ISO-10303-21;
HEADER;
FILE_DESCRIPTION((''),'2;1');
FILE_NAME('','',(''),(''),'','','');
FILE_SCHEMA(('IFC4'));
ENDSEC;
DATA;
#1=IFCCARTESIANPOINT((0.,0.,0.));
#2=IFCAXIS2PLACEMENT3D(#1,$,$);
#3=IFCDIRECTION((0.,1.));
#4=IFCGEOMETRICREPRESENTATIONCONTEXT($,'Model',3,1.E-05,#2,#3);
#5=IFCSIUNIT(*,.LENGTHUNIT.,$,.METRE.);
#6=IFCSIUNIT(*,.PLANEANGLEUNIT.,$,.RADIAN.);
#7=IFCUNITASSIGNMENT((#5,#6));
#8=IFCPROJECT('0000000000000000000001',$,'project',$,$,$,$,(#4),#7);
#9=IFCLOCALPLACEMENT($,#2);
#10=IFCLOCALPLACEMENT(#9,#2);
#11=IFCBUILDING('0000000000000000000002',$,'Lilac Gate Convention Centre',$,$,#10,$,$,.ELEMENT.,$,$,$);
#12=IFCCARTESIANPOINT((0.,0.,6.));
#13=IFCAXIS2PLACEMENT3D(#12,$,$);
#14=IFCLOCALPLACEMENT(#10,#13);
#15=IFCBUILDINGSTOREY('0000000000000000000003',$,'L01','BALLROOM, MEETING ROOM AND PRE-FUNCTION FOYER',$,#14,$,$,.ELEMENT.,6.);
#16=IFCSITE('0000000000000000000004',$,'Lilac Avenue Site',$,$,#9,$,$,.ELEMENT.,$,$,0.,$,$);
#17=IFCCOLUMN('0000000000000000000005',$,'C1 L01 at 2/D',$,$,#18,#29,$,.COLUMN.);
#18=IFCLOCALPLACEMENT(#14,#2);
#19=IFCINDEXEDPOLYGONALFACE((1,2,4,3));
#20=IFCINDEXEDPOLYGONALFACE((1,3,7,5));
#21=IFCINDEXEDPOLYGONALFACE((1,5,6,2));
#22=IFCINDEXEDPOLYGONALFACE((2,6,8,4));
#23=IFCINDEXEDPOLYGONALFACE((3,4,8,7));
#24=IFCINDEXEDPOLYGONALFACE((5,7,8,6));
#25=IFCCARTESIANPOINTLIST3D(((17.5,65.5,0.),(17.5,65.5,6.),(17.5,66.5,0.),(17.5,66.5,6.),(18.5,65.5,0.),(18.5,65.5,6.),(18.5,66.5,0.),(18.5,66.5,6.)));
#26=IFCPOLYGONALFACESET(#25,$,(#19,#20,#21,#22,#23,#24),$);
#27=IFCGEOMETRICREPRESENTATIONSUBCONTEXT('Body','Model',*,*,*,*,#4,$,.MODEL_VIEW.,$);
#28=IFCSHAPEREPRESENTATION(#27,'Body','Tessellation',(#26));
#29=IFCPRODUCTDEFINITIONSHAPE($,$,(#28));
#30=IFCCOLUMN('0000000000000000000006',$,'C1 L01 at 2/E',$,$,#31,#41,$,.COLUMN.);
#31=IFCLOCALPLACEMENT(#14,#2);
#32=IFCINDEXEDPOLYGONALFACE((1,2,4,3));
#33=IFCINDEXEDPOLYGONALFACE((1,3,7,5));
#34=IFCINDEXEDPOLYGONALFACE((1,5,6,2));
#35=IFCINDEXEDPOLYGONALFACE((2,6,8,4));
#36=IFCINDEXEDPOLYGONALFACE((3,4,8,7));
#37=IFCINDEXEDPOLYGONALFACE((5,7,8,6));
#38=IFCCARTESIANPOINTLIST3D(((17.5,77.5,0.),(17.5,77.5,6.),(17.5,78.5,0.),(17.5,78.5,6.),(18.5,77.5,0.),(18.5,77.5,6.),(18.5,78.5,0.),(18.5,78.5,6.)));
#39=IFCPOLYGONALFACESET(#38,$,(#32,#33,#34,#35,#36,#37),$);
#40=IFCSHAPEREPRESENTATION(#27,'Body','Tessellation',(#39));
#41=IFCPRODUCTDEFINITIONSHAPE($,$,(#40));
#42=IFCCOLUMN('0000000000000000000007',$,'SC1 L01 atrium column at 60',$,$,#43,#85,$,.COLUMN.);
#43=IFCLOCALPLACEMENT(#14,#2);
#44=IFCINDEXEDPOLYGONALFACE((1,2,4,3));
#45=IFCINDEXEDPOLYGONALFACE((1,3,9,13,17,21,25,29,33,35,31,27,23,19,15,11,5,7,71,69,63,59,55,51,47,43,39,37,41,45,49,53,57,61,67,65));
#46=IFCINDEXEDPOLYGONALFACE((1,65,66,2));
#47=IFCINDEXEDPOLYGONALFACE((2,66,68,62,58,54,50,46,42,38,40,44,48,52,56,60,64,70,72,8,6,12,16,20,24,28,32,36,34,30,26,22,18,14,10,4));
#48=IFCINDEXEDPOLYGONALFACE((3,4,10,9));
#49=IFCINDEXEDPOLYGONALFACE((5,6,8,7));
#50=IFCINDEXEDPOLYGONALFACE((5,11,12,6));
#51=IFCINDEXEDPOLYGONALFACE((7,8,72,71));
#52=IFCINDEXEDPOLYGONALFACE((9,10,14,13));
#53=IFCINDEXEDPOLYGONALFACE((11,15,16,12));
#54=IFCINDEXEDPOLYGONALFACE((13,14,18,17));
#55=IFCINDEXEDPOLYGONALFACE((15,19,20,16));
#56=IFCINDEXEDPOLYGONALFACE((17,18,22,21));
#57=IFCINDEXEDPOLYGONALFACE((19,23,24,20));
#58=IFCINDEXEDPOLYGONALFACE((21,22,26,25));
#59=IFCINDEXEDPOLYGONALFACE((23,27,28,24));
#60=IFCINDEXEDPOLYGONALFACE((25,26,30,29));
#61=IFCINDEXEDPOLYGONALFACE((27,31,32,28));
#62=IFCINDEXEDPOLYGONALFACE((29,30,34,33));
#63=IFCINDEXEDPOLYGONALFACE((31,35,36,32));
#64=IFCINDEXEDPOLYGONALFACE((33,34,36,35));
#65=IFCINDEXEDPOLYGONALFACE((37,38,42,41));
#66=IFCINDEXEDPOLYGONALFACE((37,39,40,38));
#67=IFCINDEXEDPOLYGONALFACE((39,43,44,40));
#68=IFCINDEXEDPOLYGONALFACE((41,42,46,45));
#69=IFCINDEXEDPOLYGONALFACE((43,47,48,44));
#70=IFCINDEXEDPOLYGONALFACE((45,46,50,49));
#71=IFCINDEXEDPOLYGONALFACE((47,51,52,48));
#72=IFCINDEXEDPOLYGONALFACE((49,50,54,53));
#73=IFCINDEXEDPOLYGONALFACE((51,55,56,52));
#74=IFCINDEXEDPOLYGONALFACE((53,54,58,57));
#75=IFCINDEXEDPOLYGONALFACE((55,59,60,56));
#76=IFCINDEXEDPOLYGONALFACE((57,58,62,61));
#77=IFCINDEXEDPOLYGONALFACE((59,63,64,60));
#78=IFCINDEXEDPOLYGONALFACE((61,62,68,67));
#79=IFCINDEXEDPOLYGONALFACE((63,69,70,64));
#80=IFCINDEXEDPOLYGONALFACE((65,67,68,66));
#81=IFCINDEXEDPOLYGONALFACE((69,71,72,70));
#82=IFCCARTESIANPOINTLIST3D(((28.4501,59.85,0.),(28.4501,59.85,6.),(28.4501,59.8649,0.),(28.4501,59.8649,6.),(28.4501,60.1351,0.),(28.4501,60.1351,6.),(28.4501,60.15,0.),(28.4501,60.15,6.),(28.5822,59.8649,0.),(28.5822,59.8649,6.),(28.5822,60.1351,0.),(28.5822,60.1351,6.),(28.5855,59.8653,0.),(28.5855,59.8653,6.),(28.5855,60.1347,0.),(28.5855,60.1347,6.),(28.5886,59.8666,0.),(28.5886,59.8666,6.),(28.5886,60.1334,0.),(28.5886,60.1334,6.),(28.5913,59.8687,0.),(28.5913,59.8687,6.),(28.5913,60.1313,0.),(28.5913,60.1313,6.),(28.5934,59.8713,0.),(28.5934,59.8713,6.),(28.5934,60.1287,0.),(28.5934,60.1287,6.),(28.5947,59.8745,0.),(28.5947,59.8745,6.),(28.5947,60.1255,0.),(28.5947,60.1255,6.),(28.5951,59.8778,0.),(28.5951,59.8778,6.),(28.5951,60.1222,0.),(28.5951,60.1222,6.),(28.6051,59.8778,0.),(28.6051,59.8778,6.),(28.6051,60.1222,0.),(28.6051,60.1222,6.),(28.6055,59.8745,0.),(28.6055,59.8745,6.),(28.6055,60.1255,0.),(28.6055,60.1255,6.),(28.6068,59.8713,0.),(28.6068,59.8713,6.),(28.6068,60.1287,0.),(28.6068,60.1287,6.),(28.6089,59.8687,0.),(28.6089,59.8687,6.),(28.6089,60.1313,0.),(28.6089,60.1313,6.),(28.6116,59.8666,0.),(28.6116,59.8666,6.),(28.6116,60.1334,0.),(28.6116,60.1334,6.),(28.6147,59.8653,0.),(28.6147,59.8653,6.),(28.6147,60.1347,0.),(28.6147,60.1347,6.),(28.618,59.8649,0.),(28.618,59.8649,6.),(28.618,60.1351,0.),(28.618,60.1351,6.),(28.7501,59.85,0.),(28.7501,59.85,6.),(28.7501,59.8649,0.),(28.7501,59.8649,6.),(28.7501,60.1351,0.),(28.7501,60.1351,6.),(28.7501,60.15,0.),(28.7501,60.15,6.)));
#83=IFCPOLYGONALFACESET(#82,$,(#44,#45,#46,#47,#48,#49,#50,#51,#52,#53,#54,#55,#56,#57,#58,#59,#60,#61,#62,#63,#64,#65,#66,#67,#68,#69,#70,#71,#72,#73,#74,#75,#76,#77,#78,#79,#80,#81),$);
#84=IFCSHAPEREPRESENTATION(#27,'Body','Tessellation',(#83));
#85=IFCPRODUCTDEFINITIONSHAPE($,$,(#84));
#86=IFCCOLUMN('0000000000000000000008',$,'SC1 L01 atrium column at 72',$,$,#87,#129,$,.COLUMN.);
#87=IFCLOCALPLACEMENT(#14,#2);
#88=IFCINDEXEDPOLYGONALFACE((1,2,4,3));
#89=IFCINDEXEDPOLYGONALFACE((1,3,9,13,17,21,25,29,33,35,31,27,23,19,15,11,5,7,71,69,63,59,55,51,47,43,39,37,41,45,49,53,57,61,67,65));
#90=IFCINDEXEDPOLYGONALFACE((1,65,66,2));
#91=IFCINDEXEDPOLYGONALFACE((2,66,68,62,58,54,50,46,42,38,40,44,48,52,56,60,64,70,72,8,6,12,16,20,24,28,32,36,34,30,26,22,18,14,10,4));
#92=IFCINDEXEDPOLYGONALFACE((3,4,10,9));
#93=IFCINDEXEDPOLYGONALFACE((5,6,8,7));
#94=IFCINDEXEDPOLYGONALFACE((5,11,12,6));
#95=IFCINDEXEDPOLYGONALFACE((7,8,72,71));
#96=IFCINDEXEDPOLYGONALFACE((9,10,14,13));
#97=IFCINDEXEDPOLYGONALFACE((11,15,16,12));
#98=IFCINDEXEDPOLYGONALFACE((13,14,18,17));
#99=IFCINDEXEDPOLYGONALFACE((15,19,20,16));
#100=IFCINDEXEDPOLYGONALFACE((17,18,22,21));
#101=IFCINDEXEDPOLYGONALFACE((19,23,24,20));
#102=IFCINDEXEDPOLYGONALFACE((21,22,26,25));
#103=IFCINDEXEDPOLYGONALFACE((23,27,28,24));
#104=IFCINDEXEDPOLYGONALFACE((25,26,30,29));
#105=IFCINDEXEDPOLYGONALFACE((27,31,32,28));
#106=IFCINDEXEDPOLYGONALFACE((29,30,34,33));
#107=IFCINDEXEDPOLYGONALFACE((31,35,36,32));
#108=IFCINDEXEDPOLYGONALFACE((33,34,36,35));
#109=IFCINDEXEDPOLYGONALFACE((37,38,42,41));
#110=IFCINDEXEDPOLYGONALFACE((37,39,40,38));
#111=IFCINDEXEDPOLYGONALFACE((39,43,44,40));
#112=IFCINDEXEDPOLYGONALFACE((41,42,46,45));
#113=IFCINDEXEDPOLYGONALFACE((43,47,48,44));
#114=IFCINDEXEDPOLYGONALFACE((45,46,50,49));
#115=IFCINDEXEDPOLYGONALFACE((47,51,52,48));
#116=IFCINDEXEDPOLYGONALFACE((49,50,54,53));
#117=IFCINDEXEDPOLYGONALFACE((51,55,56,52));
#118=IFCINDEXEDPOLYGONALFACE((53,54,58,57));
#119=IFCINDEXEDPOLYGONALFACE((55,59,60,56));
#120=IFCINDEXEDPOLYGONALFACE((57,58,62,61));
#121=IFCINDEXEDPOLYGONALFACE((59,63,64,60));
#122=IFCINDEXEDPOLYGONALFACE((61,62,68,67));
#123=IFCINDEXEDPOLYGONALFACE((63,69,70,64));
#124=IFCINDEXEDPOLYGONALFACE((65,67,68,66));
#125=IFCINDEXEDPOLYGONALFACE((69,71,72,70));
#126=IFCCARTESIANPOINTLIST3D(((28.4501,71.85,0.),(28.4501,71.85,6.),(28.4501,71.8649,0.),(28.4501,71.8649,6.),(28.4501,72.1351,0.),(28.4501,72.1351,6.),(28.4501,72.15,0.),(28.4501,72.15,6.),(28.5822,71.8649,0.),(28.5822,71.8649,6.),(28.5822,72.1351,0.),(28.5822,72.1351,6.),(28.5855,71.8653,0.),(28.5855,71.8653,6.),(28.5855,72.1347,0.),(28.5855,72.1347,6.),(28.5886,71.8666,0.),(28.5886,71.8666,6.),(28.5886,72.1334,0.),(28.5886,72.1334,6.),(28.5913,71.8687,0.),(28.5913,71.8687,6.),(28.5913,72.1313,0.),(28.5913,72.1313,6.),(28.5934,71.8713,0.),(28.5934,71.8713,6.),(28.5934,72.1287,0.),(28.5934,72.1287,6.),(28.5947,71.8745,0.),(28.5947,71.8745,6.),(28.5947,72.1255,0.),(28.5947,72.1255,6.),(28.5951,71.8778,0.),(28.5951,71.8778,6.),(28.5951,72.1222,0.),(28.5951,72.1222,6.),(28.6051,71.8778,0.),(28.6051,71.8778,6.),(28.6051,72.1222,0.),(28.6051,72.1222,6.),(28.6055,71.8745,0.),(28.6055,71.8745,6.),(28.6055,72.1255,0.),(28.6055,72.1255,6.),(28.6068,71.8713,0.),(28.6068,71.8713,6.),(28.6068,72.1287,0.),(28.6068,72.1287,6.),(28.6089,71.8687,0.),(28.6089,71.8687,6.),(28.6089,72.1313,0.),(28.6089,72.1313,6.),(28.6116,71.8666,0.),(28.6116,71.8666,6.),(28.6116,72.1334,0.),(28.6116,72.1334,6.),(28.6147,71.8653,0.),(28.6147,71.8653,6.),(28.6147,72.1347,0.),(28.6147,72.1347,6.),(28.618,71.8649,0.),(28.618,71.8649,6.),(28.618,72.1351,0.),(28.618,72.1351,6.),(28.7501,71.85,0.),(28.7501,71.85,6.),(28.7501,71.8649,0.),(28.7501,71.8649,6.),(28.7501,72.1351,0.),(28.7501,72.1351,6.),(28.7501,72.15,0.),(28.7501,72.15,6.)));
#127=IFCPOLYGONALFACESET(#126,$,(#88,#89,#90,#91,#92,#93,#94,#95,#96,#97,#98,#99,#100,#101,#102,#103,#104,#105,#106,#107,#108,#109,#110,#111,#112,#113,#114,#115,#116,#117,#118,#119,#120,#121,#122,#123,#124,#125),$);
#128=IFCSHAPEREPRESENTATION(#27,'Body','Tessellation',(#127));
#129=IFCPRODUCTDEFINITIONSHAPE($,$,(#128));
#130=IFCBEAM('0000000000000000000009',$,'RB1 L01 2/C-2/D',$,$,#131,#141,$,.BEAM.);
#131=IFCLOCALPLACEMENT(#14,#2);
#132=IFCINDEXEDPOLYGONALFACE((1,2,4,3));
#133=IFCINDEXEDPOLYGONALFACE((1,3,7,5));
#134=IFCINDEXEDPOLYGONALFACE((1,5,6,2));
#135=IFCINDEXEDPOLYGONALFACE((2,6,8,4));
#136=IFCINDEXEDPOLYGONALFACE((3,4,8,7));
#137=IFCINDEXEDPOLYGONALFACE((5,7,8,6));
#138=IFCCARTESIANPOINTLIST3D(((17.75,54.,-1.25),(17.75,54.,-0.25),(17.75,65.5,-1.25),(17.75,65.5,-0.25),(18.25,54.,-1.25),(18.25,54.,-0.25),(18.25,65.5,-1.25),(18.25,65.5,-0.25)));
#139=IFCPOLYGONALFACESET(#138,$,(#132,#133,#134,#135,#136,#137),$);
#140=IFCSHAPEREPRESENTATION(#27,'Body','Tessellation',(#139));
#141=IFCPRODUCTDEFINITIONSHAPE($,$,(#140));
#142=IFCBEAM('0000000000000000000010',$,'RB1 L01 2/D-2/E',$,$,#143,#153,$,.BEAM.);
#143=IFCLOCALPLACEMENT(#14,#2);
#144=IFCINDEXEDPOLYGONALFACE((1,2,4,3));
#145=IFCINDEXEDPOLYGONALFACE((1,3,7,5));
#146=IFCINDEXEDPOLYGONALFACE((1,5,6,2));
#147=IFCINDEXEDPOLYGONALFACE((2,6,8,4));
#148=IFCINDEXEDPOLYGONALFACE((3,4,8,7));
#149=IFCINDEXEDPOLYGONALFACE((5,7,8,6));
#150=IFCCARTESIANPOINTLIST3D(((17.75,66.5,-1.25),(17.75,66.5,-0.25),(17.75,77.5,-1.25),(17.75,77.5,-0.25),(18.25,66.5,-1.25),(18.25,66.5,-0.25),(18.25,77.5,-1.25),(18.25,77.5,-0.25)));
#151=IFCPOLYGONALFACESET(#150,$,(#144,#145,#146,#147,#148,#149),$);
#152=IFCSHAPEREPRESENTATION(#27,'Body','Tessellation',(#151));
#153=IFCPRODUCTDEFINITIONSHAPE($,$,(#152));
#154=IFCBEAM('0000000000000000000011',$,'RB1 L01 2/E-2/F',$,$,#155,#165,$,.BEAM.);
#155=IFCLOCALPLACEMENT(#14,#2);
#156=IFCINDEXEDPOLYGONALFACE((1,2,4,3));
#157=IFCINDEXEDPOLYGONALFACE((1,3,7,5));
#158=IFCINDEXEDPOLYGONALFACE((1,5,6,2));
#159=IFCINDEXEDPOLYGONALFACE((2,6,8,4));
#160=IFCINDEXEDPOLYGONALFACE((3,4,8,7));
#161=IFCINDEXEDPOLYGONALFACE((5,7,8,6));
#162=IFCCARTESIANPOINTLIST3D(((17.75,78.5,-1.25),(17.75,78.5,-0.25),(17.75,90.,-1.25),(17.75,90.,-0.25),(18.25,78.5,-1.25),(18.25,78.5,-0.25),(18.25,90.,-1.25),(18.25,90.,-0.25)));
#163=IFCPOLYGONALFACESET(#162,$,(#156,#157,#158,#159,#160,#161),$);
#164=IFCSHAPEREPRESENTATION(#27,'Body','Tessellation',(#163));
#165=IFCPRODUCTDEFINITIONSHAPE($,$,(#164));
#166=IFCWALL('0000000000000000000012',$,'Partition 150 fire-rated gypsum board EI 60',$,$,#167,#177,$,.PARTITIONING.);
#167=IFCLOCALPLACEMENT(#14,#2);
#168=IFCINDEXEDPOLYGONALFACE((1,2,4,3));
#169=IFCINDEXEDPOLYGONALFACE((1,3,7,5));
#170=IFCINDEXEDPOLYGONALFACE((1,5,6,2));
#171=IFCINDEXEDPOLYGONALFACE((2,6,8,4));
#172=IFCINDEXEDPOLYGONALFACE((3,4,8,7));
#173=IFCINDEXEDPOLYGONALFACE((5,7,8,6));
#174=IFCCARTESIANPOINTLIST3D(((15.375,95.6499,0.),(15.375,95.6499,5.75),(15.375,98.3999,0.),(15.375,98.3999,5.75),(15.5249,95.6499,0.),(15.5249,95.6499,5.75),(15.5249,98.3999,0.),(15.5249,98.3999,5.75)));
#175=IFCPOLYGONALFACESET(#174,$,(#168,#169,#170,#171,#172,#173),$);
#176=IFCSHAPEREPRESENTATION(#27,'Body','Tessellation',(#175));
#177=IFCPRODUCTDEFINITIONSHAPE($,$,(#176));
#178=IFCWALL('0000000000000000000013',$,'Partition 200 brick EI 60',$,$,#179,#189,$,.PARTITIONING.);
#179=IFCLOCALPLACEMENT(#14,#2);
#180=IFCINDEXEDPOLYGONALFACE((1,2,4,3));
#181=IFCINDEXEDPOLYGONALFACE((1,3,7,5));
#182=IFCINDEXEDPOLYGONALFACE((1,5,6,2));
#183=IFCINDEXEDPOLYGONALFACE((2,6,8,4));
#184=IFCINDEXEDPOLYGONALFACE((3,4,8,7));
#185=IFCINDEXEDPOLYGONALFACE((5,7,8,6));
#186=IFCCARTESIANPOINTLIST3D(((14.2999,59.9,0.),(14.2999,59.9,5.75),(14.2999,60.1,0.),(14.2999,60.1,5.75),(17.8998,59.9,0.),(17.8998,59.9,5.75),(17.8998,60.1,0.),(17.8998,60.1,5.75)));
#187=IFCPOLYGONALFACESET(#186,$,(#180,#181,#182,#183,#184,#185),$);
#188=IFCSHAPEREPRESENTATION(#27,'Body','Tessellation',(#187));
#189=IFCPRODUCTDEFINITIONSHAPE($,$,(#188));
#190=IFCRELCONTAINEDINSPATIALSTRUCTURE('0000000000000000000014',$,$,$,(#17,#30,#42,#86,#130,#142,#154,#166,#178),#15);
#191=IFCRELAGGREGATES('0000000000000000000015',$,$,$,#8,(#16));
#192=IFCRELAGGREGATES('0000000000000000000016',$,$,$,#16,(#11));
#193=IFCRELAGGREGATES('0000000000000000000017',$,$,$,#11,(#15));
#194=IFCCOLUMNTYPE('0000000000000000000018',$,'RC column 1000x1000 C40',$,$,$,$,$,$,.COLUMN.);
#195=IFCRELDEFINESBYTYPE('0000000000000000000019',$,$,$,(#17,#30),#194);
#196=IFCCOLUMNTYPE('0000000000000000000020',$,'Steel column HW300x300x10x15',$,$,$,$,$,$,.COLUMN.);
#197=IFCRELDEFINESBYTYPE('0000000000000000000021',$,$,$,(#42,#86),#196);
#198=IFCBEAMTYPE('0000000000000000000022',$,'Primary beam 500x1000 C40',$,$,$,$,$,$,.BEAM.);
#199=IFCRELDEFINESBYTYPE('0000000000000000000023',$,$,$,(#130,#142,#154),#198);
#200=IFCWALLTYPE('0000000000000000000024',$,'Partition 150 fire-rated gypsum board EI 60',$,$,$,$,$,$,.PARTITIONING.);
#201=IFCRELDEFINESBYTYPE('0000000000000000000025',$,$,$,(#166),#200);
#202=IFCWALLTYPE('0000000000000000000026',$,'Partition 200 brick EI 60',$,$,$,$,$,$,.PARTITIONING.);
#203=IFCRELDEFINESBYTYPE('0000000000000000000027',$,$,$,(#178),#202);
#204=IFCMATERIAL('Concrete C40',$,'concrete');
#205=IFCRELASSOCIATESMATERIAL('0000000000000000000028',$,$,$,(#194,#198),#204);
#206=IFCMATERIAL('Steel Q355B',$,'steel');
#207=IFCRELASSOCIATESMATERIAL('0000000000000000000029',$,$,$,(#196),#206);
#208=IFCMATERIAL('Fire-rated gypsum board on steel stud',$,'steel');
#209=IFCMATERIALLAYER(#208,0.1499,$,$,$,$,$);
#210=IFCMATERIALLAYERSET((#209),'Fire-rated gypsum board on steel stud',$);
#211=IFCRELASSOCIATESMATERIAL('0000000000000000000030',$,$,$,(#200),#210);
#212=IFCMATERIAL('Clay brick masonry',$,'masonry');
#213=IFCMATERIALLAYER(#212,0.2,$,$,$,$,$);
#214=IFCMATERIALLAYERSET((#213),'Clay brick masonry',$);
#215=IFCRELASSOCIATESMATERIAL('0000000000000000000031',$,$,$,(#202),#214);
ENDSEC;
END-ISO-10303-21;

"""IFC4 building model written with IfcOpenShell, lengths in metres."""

from ifc_helpers import new_model, si_unit, direction, frame, frame_2d, origin, origin_2d, place, context, subcontext, project, spatial, rectangle, i_section, extrude, material, layer, layer_set, material_profile, profile_set, type_object, element, save


model = new_model("IFC4")

# Units and contexts
model_context = context("Model", 3, precision=1e-05, world=origin(), true_north=direction((0.0, 1.0)))
body_context = subcontext(model_context, "Body", "Model", "MODEL_VIEW")
ifc_project = project(units=[si_unit("LENGTHUNIT", "METRE"), si_unit("PLANEANGLEUNIT", "RADIAN")], contexts=[model_context])

# Site, building, storey
site_placement = place(None, origin())
site = spatial("IfcSite", under=ifc_project, at=site_placement, Name="Lilac Avenue Site", CompositionType="ELEMENT", RefElevation=0.0)
building_placement = place(site_placement, origin())
building = spatial("IfcBuilding", under=site, at=building_placement, Name="Lilac Gate Convention Centre", CompositionType="ELEMENT")
storey_placement = place(building_placement, frame((0.0, 0.0, 6.0)))
storey = spatial("IfcBuildingStorey", under=building, at=storey_placement, Name="L01", Description="BALLROOM, MEETING ROOM AND PRE-FUNCTION FOYER", CompositionType="ELEMENT", Elevation=6.0)

# Columns
ifc_material_1 = material(Name="Concrete C40", Category="concrete")
ifc_material_profile_1 = material_profile(ifc_material_1, rectangle(XDim=1.0, YDim=1.0, at=origin_2d()), Name="RC 1000x1000")
ifc_profile_set_1 = profile_set([ifc_material_profile_1], Name="Concrete C40")
column_type_1 = type_object("IfcColumnType", Name="RC column 1000x1000 C40", PredefinedType="COLUMN", material=ifc_profile_set_1)
for number, where, z_axis, x_axis, name in (
    (1, (18.0, 66.0, 0.0), (0.0, 0.0, 1.0), (1.0, 0.0, 0.0), "C1 L01 at 2/D"),
    (2, (18.0, 78.0, 0.0), (0.0, 0.0, 1.0), (1.0, 0.0, 0.0), "C1 L01 at 2/E"),
):
    element("IfcColumn", number, at=place(storey_placement, frame(where, z_axis=z_axis, x_axis=x_axis)), inside=storey, type_object=column_type_1, Name=name, PredefinedType="COLUMN", context=body_context, shape_type="SweptSolid", body=[
        extrude(rectangle(XDim=1.0, YDim=1.0, at=origin_2d()), origin(), (0.0, 0.0, 1.0), 6.0),
    ])
ifc_material_2 = material(Name="Steel Q355B", Category="steel")
ifc_material_profile_2 = material_profile(ifc_material_2, i_section(OverallWidth=0.3, OverallDepth=0.3, WebThickness=0.01, FlangeThickness=0.0149, FilletRadius=0.0129, at=origin_2d()), Name="HW300x300x10x15")
ifc_profile_set_2 = profile_set([ifc_material_profile_2], Name="Steel Q355B")
column_type_2 = type_object("IfcColumnType", Name="Steel column HW300x300x10x15", PredefinedType="COLUMN", material=ifc_profile_set_2)
for number, where, z_axis, x_axis, name in (
    (3, (28.6001, 60.0, 0.0), (0.0, 0.0, 1.0), (1.0, 0.0, 0.0), "SC1 L01 atrium column at 60"),
    (4, (28.6001, 72.0, 0.0), (0.0, 0.0, 1.0), (1.0, 0.0, 0.0), "SC1 L01 atrium column at 72"),
):
    element("IfcColumn", number, at=place(storey_placement, frame(where, z_axis=z_axis, x_axis=x_axis)), inside=storey, type_object=column_type_2, Name=name, PredefinedType="COLUMN", context=body_context, shape_type="SweptSolid", body=[
        extrude(i_section(OverallWidth=0.3, OverallDepth=0.3, WebThickness=0.01, FlangeThickness=0.0149, FilletRadius=0.0129, at=origin_2d()), origin(), (0.0, 0.0, 1.0), 6.0),
    ])

# Beams
ifc_material_profile_3 = material_profile(ifc_material_1, rectangle(XDim=0.5, YDim=1.0, at=origin_2d()), Name="RC 500x1000")
ifc_profile_set_3 = profile_set([ifc_material_profile_3], Name="Concrete C40")
beam_type = type_object("IfcBeamType", Name="Primary beam 500x1000 C40", PredefinedType="BEAM", material=ifc_profile_set_3)
beam_1_placement = place(storey_placement, frame((18.0, 54.0, -0.75), z_axis=(0.0, 1.0, 0.0), x_axis=(-1.0, 0.0, 0.0)))
element("IfcBeam", 5, at=beam_1_placement, inside=storey, type_object=beam_type, Name="RB1 L01 2/C-2/D", PredefinedType="BEAM", context=body_context, shape_type="SweptSolid", body=[
    extrude(rectangle(XDim=0.5, YDim=1.0, at=origin_2d()), origin(), (0.0, 0.0, 1.0), 11.5),
])
beam_2_placement = place(storey_placement, frame((18.0, 66.5, -0.75), z_axis=(0.0, 1.0, 0.0), x_axis=(-1.0, 0.0, 0.0)))
element("IfcBeam", 6, at=beam_2_placement, inside=storey, type_object=beam_type, Name="RB1 L01 2/D-2/E", PredefinedType="BEAM", context=body_context, shape_type="SweptSolid", body=[
    extrude(rectangle(XDim=0.5, YDim=1.0, at=origin_2d()), origin(), (0.0, 0.0, 1.0), 11.0),
])
beam_3_placement = place(storey_placement, frame((18.0, 78.5, -0.75), z_axis=(0.0, 1.0, 0.0), x_axis=(-1.0, 0.0, 0.0)))
element("IfcBeam", 7, at=beam_3_placement, inside=storey, type_object=beam_type, Name="RB1 L01 2/E-2/F", PredefinedType="BEAM", context=body_context, shape_type="SweptSolid", body=[
    extrude(rectangle(XDim=0.5, YDim=1.0, at=origin_2d()), origin(), (0.0, 0.0, 1.0), 11.5),
])

# Walls
ifc_material_3 = material(Name="Fire-rated gypsum board on steel stud", Category="steel")
ifc_layer_1 = layer(ifc_material_3, 0.1499)
ifc_layer_set_1 = layer_set([ifc_layer_1], Name="Fire-rated gypsum board on steel stud")
wall_type_1 = type_object("IfcWallType", Name="Partition 150 fire-rated gypsum board EI 60", PredefinedType="PARTITIONING", material=ifc_layer_set_1)
wall_1_placement = place(storey_placement, frame((15.45, 95.6499, 0.0), z_axis=(0.0, 0.0, 1.0), x_axis=(0.0, 1.0, 0.0)))
element("IfcWall", 8, at=wall_1_placement, inside=storey, type_object=wall_type_1, Name="Partition 150 fire-rated gypsum board EI 60", PredefinedType="PARTITIONING", context=body_context, shape_type="SweptSolid", body=[
    extrude(rectangle(XDim=2.75, YDim=0.1499, at=frame_2d((1.375, 0.0))), origin(), (0.0, 0.0, 1.0), 5.75),
])
ifc_material_4 = material(Name="Clay brick masonry", Category="masonry")
ifc_layer_2 = layer(ifc_material_4, 0.2)
ifc_layer_set_2 = layer_set([ifc_layer_2], Name="Clay brick masonry")
wall_type_2 = type_object("IfcWallType", Name="Partition 200 brick EI 60", PredefinedType="PARTITIONING", material=ifc_layer_set_2)
wall_2_placement = place(storey_placement, frame((14.3, 60.0, 0.0), z_axis=(0.0, 0.0, 1.0), x_axis=(1.0, 0.0, 0.0)))
element("IfcWall", 9, at=wall_2_placement, inside=storey, type_object=wall_type_2, Name="Partition 200 brick EI 60", PredefinedType="PARTITIONING", context=body_context, shape_type="SweptSolid", body=[
    extrude(rectangle(XDim=3.5999, YDim=0.2, at=frame_2d((1.7998, 0.0))), origin(), (0.0, 0.0, 1.0), 5.75),
])

save(model, "model.ifc")
